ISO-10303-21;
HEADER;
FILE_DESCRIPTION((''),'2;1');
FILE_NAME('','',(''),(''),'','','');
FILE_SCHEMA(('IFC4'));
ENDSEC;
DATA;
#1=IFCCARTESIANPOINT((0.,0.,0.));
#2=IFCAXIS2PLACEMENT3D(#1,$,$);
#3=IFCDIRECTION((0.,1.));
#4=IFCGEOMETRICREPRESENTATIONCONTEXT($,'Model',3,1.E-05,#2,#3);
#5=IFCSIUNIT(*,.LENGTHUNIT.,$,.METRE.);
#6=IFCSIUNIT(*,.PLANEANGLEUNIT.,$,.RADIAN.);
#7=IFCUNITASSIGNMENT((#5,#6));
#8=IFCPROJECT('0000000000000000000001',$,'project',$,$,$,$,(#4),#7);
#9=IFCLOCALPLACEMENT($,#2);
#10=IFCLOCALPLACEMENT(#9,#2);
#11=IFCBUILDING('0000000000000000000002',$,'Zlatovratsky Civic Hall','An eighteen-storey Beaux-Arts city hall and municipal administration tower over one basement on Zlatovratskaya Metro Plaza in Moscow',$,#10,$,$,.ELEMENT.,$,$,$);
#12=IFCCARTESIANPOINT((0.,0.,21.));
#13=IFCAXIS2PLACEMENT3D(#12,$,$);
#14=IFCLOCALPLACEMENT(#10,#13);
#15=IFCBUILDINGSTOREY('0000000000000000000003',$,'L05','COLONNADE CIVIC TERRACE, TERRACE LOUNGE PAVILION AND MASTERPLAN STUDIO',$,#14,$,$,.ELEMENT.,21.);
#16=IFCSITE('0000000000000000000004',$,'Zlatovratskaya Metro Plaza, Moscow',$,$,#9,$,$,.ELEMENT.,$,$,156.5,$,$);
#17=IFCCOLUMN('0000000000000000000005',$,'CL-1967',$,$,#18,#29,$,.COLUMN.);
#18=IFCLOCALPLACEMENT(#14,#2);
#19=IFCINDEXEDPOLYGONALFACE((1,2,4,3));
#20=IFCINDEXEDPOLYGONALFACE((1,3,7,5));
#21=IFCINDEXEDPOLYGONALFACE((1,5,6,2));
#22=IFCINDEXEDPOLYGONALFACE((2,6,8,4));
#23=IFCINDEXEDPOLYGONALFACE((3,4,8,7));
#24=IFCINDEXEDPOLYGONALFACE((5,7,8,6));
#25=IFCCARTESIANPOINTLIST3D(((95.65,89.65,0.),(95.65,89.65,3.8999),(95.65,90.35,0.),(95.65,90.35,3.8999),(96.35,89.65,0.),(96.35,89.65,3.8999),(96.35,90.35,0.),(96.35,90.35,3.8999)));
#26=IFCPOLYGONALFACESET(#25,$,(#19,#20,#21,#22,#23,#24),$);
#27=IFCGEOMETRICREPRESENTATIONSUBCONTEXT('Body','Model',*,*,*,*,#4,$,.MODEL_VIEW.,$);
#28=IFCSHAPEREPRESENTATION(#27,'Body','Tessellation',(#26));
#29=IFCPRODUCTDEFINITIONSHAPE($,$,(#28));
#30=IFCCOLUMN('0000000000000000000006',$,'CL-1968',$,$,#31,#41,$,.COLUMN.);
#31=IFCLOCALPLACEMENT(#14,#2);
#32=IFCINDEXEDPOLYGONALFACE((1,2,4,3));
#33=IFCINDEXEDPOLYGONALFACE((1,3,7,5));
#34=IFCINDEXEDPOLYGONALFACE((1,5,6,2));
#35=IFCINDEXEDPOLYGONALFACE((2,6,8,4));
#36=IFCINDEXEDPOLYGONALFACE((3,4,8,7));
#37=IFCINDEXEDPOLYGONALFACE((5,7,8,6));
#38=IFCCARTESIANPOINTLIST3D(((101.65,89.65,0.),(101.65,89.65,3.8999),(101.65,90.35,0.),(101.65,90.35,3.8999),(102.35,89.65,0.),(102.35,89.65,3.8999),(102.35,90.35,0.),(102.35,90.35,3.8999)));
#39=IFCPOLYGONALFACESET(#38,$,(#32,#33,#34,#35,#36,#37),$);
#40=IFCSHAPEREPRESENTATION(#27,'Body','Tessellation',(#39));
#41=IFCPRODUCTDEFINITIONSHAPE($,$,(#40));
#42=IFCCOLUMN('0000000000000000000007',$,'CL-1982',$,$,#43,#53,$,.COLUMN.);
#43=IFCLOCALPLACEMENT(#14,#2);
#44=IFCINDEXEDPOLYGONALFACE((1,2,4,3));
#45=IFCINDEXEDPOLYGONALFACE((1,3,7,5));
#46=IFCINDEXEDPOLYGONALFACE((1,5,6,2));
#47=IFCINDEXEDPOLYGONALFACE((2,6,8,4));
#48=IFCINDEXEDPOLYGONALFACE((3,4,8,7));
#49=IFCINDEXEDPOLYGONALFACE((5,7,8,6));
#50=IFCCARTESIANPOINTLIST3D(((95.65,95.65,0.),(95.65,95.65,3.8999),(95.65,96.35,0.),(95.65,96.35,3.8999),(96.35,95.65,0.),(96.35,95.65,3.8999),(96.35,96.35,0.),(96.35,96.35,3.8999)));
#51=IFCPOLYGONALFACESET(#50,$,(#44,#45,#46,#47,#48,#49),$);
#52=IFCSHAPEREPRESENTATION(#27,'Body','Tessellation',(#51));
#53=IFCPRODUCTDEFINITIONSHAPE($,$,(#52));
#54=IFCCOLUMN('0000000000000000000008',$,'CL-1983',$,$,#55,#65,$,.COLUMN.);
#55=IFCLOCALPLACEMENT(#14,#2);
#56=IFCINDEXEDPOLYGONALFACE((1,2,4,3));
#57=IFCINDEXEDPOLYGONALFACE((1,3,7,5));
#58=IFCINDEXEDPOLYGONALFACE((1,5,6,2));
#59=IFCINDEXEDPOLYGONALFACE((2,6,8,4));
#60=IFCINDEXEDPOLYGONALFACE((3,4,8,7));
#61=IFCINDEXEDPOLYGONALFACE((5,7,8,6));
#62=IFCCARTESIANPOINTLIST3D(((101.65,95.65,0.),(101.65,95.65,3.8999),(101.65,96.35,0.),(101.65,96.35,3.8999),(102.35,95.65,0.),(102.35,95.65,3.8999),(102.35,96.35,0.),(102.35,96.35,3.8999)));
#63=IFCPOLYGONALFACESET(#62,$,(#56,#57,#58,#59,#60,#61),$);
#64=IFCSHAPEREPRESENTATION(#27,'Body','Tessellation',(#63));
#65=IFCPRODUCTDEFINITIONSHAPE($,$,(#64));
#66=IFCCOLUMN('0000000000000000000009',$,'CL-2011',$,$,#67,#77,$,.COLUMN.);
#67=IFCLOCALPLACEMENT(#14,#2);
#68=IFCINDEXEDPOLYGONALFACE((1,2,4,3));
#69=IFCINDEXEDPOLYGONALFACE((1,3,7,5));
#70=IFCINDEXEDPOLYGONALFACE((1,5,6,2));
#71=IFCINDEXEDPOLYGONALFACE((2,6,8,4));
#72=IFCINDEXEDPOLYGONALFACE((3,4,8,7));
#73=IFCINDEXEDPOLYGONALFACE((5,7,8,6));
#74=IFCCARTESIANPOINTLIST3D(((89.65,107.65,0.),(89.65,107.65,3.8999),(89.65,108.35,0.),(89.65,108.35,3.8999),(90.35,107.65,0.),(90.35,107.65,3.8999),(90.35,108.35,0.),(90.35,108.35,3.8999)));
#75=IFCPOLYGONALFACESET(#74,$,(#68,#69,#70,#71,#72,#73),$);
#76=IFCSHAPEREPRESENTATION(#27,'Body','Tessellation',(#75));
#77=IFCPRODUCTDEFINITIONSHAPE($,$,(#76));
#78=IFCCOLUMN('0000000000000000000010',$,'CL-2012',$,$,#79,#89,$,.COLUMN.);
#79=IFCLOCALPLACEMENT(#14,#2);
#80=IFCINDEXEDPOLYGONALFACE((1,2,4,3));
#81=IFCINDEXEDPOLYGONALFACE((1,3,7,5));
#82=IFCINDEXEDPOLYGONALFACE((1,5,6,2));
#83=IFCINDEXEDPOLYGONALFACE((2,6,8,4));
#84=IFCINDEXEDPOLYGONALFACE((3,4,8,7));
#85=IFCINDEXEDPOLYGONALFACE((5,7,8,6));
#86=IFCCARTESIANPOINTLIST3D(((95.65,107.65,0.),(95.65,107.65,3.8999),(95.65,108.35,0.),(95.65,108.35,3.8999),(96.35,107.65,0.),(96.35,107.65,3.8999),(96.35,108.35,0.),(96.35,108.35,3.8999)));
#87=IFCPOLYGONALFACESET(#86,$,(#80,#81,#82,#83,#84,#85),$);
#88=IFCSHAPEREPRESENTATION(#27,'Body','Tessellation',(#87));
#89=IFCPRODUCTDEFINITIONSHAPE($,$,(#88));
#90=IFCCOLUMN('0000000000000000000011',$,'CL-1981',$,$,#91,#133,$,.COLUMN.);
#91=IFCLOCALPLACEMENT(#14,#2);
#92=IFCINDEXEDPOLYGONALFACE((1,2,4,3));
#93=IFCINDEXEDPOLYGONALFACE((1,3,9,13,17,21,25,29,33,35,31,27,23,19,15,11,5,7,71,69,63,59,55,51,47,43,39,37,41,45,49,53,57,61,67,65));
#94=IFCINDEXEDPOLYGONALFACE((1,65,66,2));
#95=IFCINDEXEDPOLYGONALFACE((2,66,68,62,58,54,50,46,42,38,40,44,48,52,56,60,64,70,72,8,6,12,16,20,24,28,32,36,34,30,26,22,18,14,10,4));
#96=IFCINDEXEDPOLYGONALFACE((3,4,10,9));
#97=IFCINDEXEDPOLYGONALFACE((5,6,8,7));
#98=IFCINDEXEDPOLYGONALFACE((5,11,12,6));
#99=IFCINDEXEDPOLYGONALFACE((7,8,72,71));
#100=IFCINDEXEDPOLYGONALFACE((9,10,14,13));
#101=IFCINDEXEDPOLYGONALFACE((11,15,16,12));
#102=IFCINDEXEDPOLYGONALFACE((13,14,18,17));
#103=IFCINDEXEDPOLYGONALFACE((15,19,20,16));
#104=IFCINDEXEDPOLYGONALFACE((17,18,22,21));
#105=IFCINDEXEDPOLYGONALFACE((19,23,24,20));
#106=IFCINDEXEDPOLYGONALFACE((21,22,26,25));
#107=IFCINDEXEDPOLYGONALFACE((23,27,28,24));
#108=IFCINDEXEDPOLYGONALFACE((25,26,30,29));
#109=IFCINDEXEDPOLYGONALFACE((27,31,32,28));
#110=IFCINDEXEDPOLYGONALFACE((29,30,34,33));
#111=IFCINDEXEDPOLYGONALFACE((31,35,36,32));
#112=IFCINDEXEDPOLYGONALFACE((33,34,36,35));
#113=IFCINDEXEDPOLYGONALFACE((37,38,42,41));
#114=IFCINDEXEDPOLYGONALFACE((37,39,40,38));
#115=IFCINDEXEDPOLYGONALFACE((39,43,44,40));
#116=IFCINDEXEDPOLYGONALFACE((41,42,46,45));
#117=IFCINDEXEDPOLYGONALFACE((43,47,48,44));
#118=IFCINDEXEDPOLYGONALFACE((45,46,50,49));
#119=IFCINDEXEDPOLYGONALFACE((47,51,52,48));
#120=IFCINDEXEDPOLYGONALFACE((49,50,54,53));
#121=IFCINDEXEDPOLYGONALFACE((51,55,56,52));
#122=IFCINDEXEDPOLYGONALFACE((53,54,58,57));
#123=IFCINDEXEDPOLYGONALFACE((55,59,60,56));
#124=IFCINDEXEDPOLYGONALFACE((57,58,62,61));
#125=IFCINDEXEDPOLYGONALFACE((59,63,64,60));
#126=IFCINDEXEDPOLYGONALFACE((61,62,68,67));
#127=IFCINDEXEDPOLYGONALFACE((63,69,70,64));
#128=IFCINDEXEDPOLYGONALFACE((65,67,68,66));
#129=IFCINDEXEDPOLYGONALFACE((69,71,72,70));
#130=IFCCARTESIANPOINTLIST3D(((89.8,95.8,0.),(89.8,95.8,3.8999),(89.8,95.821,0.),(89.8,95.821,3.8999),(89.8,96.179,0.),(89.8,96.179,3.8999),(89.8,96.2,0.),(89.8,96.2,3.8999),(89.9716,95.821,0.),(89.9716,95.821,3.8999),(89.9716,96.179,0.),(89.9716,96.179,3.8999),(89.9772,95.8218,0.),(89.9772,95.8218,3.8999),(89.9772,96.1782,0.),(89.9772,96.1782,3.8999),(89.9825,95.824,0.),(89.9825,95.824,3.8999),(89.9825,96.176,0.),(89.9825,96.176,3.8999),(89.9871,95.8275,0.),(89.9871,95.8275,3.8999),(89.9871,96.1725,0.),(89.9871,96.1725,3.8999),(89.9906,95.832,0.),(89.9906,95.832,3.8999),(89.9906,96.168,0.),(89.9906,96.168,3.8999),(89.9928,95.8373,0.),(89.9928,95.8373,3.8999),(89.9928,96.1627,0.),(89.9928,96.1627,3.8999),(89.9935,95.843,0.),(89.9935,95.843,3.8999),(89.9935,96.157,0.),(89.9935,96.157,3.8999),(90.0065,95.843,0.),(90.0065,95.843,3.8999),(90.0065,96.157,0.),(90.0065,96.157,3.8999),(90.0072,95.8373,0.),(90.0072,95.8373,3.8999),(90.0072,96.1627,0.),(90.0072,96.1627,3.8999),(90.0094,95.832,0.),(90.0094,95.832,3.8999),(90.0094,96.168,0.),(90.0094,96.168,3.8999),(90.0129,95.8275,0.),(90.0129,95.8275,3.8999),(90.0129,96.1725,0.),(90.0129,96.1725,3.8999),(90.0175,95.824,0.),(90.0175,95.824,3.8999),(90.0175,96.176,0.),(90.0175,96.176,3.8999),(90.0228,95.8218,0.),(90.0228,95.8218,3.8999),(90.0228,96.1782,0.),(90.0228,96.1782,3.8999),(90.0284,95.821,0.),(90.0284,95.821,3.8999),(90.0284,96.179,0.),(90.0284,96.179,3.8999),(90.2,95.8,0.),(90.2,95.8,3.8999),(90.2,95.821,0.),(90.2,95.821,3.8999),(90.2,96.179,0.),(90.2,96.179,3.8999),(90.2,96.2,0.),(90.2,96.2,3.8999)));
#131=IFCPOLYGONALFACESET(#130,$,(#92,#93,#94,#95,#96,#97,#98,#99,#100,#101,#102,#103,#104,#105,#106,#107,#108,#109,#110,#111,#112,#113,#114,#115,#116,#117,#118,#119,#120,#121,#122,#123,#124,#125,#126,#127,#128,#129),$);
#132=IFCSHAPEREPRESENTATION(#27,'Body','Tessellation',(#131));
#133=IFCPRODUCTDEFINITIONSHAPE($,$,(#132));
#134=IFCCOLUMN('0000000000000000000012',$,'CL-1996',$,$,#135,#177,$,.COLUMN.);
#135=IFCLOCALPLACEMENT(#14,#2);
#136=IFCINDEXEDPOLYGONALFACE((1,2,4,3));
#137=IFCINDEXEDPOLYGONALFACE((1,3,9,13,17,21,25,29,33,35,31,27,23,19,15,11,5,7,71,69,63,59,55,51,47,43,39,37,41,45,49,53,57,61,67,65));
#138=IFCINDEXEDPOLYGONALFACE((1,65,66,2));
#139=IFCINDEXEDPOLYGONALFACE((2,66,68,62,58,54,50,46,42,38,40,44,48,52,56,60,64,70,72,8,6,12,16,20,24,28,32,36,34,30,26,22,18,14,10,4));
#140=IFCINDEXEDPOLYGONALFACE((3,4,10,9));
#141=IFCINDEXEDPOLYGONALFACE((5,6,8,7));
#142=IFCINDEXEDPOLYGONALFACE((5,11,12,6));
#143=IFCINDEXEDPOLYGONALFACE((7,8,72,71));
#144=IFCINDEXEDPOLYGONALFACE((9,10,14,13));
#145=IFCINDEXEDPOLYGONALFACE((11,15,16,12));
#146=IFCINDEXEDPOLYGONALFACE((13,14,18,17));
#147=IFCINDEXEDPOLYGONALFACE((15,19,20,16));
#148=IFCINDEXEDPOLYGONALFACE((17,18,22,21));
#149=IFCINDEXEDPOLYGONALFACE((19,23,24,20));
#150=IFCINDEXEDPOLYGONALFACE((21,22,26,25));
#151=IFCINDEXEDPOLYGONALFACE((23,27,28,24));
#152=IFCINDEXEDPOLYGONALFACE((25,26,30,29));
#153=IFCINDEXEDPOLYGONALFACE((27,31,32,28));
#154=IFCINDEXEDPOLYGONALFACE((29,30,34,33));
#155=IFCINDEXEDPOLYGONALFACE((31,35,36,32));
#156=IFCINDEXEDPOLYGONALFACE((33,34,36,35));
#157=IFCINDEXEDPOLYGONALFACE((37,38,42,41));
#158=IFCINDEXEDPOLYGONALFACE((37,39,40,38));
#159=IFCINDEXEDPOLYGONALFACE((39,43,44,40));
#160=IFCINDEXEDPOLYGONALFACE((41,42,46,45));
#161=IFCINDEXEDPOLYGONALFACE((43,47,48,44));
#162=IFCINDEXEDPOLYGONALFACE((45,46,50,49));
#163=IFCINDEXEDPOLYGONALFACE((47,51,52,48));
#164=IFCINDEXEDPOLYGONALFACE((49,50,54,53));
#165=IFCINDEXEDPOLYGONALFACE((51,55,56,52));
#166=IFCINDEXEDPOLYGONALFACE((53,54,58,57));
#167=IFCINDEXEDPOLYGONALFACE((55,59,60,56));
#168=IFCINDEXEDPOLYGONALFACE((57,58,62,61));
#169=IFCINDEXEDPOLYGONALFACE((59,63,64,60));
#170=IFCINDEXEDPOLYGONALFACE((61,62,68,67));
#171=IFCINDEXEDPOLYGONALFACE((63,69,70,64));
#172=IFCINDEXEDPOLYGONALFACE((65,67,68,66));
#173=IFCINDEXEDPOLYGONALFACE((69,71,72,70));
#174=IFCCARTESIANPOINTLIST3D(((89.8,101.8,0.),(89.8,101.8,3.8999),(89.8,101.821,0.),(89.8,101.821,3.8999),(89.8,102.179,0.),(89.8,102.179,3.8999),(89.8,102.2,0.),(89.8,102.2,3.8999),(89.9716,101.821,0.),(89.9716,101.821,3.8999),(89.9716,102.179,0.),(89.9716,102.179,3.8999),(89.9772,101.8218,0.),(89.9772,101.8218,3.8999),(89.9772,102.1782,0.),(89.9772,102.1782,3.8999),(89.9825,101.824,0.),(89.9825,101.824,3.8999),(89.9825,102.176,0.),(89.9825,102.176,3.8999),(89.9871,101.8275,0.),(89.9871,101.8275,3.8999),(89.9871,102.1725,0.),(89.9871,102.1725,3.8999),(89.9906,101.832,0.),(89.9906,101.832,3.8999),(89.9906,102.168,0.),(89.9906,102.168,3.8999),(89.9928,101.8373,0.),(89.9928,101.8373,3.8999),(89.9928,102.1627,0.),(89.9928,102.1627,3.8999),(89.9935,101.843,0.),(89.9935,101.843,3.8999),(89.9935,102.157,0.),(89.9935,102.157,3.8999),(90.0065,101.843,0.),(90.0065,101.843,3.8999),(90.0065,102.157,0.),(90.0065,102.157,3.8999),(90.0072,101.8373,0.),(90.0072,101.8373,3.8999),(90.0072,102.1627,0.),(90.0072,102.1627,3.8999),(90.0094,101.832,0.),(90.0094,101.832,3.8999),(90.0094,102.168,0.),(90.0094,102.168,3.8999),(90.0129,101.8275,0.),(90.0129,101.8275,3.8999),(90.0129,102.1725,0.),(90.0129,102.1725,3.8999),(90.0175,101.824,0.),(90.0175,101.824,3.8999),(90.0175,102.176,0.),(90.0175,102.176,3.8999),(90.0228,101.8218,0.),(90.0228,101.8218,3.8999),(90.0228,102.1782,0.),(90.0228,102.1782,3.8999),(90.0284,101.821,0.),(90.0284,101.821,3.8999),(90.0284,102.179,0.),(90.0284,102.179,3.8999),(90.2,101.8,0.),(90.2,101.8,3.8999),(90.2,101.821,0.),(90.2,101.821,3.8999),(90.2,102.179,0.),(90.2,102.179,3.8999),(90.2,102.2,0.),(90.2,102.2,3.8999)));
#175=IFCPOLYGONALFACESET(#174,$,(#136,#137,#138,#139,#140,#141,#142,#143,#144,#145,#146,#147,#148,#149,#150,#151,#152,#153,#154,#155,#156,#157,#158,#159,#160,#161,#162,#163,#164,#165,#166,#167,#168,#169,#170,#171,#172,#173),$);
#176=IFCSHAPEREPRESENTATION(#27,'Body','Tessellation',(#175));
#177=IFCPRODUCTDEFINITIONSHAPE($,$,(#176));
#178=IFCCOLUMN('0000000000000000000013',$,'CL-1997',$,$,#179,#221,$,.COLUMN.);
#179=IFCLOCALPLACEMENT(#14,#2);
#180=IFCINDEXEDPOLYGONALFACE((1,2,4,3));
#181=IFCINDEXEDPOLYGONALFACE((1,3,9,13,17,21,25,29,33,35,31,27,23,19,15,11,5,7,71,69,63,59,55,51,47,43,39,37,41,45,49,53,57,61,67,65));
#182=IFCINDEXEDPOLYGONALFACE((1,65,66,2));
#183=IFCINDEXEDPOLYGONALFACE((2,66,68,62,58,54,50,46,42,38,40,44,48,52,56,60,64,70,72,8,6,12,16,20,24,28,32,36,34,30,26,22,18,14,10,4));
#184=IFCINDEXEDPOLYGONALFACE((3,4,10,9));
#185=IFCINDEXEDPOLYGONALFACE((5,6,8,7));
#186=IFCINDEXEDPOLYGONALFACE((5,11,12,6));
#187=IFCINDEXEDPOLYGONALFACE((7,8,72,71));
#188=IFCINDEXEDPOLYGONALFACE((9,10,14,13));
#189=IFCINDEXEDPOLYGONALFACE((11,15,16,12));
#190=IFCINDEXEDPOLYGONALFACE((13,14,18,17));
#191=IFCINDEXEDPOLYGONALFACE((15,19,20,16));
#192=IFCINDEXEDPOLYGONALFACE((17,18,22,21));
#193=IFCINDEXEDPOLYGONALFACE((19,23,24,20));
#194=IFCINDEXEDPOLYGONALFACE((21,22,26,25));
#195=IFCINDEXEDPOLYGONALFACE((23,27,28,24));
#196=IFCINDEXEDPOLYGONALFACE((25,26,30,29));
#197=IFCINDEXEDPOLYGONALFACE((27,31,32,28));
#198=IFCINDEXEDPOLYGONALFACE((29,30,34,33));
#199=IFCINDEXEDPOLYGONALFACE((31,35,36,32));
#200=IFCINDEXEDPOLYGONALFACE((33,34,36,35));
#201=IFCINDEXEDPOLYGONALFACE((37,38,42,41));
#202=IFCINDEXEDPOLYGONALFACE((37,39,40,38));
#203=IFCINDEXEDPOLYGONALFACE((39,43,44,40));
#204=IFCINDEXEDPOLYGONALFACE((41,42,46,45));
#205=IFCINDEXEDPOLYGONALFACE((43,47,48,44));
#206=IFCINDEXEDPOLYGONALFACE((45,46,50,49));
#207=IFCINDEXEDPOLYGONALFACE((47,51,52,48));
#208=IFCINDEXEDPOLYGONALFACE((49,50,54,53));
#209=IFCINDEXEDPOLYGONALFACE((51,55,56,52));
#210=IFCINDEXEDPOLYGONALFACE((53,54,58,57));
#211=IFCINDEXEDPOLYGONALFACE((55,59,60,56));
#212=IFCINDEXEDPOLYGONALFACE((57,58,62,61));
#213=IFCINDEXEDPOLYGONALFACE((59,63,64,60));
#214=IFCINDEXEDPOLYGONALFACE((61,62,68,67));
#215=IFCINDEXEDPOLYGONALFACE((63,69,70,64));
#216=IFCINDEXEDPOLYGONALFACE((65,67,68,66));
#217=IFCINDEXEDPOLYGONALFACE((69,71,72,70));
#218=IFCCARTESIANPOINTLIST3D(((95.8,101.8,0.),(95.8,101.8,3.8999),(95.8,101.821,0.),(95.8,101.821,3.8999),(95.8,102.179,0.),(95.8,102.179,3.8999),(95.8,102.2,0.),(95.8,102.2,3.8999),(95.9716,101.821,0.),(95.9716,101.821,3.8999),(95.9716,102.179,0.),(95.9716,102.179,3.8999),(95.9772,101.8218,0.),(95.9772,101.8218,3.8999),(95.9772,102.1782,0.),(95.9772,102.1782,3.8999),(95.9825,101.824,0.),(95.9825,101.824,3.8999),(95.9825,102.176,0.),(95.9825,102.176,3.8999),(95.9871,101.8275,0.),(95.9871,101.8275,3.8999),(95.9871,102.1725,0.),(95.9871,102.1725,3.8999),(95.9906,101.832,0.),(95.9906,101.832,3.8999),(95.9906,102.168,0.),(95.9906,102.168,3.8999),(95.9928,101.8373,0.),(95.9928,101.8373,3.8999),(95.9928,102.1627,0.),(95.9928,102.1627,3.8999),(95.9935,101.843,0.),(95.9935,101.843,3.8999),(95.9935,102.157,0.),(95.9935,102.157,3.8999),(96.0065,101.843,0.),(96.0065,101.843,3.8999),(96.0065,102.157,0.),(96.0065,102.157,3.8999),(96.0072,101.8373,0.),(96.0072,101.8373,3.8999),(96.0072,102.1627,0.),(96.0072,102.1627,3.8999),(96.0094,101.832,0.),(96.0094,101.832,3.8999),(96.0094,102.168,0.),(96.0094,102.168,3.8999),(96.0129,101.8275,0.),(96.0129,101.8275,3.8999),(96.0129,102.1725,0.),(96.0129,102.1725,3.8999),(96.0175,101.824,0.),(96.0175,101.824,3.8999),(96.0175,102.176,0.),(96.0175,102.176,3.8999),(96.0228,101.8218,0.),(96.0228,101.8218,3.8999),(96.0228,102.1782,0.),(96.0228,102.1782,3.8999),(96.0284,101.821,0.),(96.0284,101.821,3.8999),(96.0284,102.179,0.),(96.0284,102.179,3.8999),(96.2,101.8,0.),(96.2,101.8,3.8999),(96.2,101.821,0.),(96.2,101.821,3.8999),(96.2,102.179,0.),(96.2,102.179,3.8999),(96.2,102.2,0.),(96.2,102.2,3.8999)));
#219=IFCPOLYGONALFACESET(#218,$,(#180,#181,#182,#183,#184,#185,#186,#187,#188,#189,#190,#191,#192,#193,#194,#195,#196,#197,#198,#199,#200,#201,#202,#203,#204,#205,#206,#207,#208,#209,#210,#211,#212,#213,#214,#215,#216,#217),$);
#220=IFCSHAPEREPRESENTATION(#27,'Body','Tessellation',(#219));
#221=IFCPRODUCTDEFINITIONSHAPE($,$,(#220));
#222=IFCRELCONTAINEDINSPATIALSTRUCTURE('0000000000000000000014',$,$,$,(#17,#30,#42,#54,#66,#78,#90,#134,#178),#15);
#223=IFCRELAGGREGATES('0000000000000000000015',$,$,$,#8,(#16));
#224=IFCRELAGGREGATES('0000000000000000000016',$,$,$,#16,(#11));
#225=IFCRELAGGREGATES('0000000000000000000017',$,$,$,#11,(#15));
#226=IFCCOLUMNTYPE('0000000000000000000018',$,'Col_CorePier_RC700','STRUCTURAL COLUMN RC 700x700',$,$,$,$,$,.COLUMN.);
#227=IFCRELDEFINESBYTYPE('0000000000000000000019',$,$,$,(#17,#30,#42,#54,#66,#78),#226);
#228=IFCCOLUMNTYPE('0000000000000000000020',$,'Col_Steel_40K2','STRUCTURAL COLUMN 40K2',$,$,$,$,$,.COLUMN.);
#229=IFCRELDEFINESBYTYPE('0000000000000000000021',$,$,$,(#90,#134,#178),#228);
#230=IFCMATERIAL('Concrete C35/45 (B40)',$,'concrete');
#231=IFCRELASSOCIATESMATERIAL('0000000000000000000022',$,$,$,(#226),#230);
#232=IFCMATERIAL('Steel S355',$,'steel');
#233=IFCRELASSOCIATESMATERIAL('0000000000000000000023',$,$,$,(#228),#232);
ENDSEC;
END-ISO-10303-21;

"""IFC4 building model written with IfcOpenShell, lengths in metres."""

from ifc_helpers import new_model, si_unit, direction, frame, origin, origin_2d, place, context, subcontext, project, spatial, rectangle, i_section, extrude, material, material_profile, profile_set, type_object, element, save


model = new_model("IFC4")

# Units and contexts
model_context = context("Model", 3, precision=1e-05, world=origin(), true_north=direction((0.0, 1.0)))
body_context = subcontext(model_context, "Body", "Model", "MODEL_VIEW")
ifc_project = project(units=[si_unit("LENGTHUNIT", "METRE"), si_unit("PLANEANGLEUNIT", "RADIAN")], contexts=[model_context])

# Site, building, storey
site_placement = place(None, origin())
site = spatial("IfcSite", under=ifc_project, at=site_placement, Name="Zlatovratskaya Metro Plaza, Moscow", CompositionType="ELEMENT", RefElevation=156.5)
building_placement = place(site_placement, origin())
building = spatial("IfcBuilding", under=site, at=building_placement, Name="Zlatovratsky Civic Hall", Description="An eighteen-storey Beaux-Arts city hall and municipal administration tower over one basement on Zlatovratskaya Metro Plaza in Moscow", CompositionType="ELEMENT")
storey_placement = place(building_placement, frame((0.0, 0.0, 21.0)))
storey = spatial("IfcBuildingStorey", under=building, at=storey_placement, Name="L05", Description="COLONNADE CIVIC TERRACE, TERRACE LOUNGE PAVILION AND MASTERPLAN STUDIO", CompositionType="ELEMENT", Elevation=21.0)

# Columns
ifc_material_1 = material(Name="Concrete C35/45 (B40)", Category="concrete")
ifc_material_profile_1 = material_profile(ifc_material_1, rectangle(XDim=0.7, YDim=0.7, at=origin_2d()), Name="RC 700x700")
ifc_profile_set_1 = profile_set([ifc_material_profile_1], Name="Concrete C35/45 (B40)")
column_type_1 = type_object("IfcColumnType", Name="Col_CorePier_RC700", Description="STRUCTURAL COLUMN RC 700x700", PredefinedType="COLUMN", material=ifc_profile_set_1)
for number, where, z_axis, x_axis, name in (
    (1, (96.0, 90.0, 0.0), (0.0, 0.0, 1.0), (1.0, 0.0, 0.0), "CL-1967"),
    (2, (102.0, 90.0, 0.0), (0.0, 0.0, 1.0), (1.0, 0.0, 0.0), "CL-1968"),
    (3, (96.0, 96.0, 0.0), (0.0, 0.0, 1.0), (1.0, 0.0, 0.0), "CL-1982"),
    (4, (102.0, 96.0, 0.0), (0.0, 0.0, 1.0), (1.0, 0.0, 0.0), "CL-1983"),
    (5, (90.0, 108.0, 0.0), (0.0, 0.0, 1.0), (1.0, 0.0, 0.0), "CL-2011"),
    (6, (96.0, 108.0, 0.0), (0.0, 0.0, 1.0), (1.0, 0.0, 0.0), "CL-2012"),
):
    element("IfcColumn", number, at=place(storey_placement, frame(where, z_axis=z_axis, x_axis=x_axis)), inside=storey, type_object=column_type_1, Name=name, PredefinedType="COLUMN", context=body_context, shape_type="SweptSolid", body=[
        extrude(rectangle(XDim=0.7, YDim=0.7, at=origin_2d()), origin(), (0.0, 0.0, 1.0), 3.8999),
    ])
ifc_material_2 = material(Name="Steel S355", Category="steel")
ifc_material_profile_2 = material_profile(ifc_material_2, i_section(OverallWidth=0.3999, OverallDepth=0.3999, WebThickness=0.0129, FlangeThickness=0.021, FilletRadius=0.022, at=origin_2d()), Name="40K2")
ifc_profile_set_2 = profile_set([ifc_material_profile_2], Name="Steel S355")
column_type_2 = type_object("IfcColumnType", Name="Col_Steel_40K2", Description="STRUCTURAL COLUMN 40K2", PredefinedType="COLUMN", material=ifc_profile_set_2)
for number, where, z_axis, x_axis, name in (
    (7, (90.0, 96.0, 0.0), (0.0, 0.0, 1.0), (1.0, 0.0, 0.0), "CL-1981"),
    (8, (90.0, 102.0, 0.0), (0.0, 0.0, 1.0), (1.0, 0.0, 0.0), "CL-1996"),
    (9, (96.0, 102.0, 0.0), (0.0, 0.0, 1.0), (1.0, 0.0, 0.0), "CL-1997"),
):
    element("IfcColumn", number, at=place(storey_placement, frame(where, z_axis=z_axis, x_axis=x_axis)), inside=storey, type_object=column_type_2, Name=name, PredefinedType="COLUMN", context=body_context, shape_type="SweptSolid", body=[
        extrude(i_section(OverallWidth=0.3999, OverallDepth=0.3999, WebThickness=0.0129, FlangeThickness=0.021, FilletRadius=0.022, at=origin_2d()), origin(), (0.0, 0.0, 1.0), 3.8999),
    ])

save(model, "model.ifc")
